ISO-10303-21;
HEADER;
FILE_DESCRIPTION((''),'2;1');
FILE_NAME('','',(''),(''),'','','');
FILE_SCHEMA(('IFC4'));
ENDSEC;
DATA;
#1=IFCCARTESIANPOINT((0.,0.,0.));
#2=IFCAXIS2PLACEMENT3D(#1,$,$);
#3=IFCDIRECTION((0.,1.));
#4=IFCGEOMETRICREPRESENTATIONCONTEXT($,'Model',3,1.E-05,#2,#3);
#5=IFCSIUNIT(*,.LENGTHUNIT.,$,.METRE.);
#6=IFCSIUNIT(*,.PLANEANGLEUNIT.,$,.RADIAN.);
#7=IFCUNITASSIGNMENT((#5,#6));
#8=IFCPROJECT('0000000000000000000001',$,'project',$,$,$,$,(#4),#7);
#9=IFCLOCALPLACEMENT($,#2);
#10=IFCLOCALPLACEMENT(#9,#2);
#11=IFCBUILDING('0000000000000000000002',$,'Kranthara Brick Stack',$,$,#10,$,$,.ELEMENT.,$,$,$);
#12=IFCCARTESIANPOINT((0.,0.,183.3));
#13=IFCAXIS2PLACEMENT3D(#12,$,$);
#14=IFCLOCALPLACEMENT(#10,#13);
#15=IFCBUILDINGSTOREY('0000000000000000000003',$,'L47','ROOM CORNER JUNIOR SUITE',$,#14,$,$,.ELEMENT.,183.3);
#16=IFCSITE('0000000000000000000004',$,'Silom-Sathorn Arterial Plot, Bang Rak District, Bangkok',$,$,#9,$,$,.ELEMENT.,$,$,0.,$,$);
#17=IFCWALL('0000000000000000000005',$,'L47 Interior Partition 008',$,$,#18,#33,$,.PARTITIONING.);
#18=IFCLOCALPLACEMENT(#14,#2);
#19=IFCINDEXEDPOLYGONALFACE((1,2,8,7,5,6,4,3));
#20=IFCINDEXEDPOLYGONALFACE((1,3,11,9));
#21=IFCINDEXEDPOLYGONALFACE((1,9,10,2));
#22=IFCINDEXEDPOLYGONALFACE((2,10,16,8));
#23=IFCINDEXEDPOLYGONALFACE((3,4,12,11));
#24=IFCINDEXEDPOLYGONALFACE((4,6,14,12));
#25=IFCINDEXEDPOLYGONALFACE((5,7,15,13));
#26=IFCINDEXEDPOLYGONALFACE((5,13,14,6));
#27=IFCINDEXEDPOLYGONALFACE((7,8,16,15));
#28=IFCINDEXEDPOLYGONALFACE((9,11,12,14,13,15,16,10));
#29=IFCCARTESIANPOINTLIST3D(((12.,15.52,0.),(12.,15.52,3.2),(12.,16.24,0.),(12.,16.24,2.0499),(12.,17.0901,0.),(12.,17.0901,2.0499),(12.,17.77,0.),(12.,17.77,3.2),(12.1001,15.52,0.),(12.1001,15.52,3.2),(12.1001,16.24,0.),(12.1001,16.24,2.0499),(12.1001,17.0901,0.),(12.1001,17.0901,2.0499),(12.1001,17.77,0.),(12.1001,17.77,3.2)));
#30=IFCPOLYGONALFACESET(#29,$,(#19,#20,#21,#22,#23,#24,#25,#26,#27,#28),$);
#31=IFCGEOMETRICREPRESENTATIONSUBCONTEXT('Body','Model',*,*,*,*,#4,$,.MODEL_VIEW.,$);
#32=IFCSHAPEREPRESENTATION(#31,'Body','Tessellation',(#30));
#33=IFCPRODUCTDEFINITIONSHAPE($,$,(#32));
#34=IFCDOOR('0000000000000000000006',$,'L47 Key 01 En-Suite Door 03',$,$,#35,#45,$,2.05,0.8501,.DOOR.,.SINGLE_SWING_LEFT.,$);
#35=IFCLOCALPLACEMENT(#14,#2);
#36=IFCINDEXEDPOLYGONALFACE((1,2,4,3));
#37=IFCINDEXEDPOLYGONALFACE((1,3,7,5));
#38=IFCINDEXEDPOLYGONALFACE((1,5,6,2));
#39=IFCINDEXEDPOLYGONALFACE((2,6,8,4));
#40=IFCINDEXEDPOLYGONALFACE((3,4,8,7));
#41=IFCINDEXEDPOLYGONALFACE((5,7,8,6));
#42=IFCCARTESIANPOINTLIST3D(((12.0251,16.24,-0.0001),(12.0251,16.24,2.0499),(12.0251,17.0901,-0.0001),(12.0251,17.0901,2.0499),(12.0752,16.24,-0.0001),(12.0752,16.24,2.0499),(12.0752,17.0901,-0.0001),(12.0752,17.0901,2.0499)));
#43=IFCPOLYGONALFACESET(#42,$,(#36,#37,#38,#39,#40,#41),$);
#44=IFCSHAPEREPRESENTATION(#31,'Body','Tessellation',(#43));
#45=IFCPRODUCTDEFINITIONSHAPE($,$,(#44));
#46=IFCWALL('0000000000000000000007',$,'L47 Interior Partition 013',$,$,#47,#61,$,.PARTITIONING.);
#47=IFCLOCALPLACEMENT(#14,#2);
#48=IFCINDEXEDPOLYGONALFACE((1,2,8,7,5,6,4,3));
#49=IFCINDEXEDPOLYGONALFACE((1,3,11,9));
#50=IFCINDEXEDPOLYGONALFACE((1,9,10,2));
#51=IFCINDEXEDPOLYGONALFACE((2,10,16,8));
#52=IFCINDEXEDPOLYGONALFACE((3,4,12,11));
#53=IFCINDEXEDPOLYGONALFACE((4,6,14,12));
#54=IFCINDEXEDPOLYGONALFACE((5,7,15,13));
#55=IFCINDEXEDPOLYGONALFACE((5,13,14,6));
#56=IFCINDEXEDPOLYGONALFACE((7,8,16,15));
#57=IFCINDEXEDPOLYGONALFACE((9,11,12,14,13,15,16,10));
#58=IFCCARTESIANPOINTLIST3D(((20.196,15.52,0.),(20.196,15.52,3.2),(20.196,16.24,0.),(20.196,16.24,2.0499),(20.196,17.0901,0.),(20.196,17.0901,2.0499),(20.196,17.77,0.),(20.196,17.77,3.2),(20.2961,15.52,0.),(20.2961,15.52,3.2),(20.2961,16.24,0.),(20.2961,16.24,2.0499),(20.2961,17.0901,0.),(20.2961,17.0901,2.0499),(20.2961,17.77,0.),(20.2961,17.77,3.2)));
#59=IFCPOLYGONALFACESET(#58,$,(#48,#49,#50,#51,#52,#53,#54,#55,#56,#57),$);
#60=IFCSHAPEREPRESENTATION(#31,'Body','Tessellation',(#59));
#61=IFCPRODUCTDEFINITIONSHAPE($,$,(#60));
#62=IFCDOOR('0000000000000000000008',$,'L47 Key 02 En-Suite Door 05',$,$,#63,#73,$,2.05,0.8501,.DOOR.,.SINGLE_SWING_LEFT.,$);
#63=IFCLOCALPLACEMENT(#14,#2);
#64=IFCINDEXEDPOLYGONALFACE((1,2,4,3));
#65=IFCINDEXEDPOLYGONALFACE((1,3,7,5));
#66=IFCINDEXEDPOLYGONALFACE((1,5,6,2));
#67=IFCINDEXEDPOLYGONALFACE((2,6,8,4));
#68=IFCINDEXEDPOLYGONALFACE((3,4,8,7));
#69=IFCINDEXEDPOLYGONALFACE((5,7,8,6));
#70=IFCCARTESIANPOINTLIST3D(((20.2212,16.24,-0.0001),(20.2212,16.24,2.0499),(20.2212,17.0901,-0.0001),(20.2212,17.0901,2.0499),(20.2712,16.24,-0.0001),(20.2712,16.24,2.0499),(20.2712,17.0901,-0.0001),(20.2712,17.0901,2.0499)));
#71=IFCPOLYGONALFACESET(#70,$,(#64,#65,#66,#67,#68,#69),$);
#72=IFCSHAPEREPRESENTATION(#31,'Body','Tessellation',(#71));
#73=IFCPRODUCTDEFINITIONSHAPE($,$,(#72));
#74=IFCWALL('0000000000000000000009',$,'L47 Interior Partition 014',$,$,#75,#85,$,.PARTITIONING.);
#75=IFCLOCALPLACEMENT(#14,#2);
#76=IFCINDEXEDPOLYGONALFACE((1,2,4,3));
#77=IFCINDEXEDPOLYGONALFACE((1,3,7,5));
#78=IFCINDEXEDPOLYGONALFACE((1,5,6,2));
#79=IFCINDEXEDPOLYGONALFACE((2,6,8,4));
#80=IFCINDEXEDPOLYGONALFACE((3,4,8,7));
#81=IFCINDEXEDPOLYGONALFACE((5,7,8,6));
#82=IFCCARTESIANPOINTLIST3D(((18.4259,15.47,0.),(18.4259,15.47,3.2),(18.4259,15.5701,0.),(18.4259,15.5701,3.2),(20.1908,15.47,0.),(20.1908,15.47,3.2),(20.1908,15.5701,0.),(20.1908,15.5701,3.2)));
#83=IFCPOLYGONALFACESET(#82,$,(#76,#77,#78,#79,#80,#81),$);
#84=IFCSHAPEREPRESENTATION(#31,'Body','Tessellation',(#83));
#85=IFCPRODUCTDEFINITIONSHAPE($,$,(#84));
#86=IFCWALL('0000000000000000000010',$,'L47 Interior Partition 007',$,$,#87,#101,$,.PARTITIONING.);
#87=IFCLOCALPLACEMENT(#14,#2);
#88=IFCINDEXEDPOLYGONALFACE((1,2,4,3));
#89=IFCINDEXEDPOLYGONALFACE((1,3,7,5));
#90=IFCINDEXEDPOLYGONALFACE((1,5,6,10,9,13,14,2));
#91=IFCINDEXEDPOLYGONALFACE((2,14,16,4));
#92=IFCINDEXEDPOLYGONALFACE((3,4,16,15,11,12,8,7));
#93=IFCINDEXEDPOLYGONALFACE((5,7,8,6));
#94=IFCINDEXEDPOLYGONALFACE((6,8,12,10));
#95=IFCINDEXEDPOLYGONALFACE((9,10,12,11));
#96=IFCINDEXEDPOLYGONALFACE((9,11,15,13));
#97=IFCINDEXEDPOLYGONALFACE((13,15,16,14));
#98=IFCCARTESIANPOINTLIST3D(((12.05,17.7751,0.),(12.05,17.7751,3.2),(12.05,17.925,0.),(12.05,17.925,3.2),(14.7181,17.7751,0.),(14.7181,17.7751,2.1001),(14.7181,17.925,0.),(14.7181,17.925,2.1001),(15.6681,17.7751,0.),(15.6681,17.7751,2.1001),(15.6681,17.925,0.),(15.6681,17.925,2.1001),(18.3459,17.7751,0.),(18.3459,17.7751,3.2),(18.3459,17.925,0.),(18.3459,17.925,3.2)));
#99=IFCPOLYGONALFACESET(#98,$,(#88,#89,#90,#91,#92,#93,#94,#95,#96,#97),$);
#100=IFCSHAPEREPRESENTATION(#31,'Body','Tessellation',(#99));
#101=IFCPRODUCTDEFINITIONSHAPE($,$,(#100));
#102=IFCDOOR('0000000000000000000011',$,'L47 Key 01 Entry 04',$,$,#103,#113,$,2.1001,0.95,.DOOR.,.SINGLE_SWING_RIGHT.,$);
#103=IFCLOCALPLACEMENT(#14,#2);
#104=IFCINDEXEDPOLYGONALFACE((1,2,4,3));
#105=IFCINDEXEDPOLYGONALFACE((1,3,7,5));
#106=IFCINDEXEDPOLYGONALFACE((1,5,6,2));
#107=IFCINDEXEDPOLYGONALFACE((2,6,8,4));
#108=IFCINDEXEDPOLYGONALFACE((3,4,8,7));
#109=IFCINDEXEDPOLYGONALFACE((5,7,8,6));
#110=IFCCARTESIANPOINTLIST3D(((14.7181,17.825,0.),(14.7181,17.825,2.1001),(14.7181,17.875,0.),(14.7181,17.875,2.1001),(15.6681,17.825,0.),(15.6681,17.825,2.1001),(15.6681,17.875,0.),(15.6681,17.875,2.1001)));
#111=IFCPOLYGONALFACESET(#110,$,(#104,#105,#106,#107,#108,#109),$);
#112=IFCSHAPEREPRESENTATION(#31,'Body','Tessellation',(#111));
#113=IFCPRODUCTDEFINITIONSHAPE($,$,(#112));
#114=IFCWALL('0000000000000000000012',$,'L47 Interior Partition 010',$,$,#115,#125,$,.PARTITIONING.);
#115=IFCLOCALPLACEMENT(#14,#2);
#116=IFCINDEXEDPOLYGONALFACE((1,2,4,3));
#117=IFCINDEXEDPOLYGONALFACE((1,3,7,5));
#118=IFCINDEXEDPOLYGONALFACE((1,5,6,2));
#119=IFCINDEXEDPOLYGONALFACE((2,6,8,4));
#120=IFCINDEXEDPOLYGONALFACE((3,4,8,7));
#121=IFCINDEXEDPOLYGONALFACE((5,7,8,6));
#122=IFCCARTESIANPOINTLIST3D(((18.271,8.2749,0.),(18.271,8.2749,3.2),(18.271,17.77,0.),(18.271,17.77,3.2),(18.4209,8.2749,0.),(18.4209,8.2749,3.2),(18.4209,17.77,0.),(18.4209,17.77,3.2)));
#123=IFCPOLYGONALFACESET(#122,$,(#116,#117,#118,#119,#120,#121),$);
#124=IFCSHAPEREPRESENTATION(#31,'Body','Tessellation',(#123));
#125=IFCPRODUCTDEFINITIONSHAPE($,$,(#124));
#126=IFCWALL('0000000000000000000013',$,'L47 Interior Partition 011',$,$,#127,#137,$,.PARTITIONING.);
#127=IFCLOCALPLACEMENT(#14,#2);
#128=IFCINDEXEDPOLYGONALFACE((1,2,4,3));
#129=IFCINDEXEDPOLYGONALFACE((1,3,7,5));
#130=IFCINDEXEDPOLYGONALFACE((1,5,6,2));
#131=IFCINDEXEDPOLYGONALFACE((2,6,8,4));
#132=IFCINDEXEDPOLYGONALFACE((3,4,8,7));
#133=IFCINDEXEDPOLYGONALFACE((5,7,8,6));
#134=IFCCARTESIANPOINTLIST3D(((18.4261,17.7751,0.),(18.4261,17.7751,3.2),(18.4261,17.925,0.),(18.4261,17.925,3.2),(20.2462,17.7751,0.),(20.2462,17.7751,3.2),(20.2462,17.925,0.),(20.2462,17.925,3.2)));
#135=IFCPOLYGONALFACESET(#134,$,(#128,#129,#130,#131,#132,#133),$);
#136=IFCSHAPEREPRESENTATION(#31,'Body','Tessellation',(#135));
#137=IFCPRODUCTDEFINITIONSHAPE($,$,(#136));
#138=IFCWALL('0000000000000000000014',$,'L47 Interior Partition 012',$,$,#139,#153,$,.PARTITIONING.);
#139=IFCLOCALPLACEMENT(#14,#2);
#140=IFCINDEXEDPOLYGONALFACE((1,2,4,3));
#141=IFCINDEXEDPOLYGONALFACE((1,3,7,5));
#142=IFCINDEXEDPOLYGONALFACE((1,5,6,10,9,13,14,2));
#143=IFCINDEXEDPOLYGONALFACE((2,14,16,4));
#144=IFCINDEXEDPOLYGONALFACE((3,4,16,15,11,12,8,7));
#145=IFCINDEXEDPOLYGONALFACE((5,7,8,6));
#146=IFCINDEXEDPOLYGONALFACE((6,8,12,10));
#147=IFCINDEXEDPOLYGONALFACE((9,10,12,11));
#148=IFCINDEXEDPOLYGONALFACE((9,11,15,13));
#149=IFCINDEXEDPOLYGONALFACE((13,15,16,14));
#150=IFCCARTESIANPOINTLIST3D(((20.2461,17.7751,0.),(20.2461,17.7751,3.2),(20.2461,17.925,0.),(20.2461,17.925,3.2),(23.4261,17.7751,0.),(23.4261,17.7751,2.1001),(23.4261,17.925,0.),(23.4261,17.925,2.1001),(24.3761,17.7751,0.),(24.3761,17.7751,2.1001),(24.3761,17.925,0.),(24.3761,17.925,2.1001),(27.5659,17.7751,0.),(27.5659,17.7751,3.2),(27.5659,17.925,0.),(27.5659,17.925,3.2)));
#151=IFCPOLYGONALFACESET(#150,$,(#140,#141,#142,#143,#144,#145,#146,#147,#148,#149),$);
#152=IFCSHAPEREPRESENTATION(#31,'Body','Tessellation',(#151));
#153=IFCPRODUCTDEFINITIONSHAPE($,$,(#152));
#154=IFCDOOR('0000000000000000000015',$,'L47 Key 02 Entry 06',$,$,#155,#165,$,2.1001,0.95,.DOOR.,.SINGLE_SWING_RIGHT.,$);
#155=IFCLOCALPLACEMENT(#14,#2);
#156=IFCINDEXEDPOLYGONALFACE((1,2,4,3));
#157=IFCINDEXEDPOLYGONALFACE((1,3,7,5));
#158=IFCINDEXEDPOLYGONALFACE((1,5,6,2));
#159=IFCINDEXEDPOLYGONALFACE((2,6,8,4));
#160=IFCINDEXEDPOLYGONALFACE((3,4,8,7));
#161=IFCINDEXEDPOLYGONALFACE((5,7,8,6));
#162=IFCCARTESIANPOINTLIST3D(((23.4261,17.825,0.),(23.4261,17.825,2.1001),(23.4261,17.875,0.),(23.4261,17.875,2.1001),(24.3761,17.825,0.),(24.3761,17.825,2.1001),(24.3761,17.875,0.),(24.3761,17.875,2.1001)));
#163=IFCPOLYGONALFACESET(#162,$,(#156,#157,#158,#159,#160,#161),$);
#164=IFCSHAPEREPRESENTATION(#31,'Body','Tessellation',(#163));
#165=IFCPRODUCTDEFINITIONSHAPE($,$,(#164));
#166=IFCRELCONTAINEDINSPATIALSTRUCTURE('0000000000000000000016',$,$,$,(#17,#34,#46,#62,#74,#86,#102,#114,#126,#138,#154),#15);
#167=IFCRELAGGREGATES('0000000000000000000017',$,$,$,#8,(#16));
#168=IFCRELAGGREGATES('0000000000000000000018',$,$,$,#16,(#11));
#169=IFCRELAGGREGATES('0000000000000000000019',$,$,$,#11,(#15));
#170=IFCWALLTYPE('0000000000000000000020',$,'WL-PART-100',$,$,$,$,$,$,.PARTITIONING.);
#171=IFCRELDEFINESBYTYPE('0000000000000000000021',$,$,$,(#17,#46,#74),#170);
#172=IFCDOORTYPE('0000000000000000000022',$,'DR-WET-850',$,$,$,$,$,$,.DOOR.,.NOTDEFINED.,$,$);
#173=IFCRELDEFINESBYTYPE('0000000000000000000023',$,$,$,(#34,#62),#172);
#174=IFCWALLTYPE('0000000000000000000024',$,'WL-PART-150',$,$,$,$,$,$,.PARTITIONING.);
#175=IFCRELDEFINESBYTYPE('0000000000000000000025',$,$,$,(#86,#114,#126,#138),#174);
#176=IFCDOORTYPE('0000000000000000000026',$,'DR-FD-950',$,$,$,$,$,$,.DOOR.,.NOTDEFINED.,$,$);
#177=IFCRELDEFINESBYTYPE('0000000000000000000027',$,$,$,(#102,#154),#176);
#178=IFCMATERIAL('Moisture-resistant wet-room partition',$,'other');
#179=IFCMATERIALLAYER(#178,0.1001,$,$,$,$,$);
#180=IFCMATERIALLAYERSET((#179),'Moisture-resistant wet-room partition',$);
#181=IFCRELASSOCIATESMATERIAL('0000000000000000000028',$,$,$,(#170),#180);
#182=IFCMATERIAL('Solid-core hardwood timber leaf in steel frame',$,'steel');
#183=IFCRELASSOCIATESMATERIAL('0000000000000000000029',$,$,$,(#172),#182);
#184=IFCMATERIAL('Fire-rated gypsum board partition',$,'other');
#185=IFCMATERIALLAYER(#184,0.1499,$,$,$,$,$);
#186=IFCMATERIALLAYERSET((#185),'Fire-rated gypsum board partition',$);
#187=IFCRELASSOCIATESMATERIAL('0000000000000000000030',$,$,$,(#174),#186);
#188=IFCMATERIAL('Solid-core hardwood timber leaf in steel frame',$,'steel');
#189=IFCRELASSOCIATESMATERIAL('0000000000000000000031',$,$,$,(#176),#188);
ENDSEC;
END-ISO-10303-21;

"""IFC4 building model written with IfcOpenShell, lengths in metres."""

from ifc_helpers import new_model, si_unit, direction, frame, frame_2d, origin, place, context, subcontext, project, spatial, rectangle, extrude, material, layer, layer_set, type_object, element, fill, save


model = new_model("IFC4")

# Units and contexts
model_context = context("Model", 3, precision=1e-05, world=origin(), true_north=direction((0.0, 1.0)))
body_context = subcontext(model_context, "Body", "Model", "MODEL_VIEW")
ifc_project = project(units=[si_unit("LENGTHUNIT", "METRE"), si_unit("PLANEANGLEUNIT", "RADIAN")], contexts=[model_context])

# Site, building, storey
site_placement = place(None, origin())
site = spatial("IfcSite", under=ifc_project, at=site_placement, Name="Silom-Sathorn Arterial Plot, Bang Rak District, Bangkok", CompositionType="ELEMENT", RefElevation=0.0)
building_placement = place(site_placement, origin())
building = spatial("IfcBuilding", under=site, at=building_placement, Name="Kranthara Brick Stack", CompositionType="ELEMENT")
storey_placement = place(building_placement, frame((0.0, 0.0, 183.3)))
storey = spatial("IfcBuildingStorey", under=building, at=storey_placement, Name="L47", Description="ROOM CORNER JUNIOR SUITE", CompositionType="ELEMENT", Elevation=183.3)

# Walls, openings, doors
ifc_material_1 = material(Name="Moisture-resistant wet-room partition", Category="other")
ifc_layer_1 = layer(ifc_material_1, 0.1001)
ifc_layer_set_1 = layer_set([ifc_layer_1], Name="Moisture-resistant wet-room partition")
wall_type_1 = type_object("IfcWallType", Name="WL-PART-100", PredefinedType="PARTITIONING", material=ifc_layer_set_1)
wall_1_placement = place(storey_placement, frame((12.05, 15.52, 0.0), z_axis=(0.0, 0.0, 1.0), x_axis=(0.0, 1.0, 0.0)))
wall_1 = element("IfcWall", 1, at=wall_1_placement, inside=storey, type_object=wall_type_1, Name="L47 Interior Partition 008", PredefinedType="PARTITIONING", context=body_context, shape_type="SweptSolid", body=[
    extrude(rectangle(XDim=2.25, YDim=0.1001, at=frame_2d((1.125, 0.0))), origin(), (0.0, 0.0, 1.0), 3.2),
])
opening_1_placement = place(wall_1_placement, frame((0.72, 0.0, 0.0)))
opening_1 = element("IfcOpeningElement", 2, at=opening_1_placement, cuts=wall_1, PredefinedType="OPENING", context=body_context, shape_type="SweptSolid", body=[
    extrude(rectangle(XDim=0.8501, YDim=2.05, at=frame_2d((0.425, 1.0249))), frame((0.0, 0.0601, 0.0), z_axis=(0.0, -1.0, 0.0), x_axis=(1.0, 0.0, 0.0)), (0.0, 0.0, 1.0), 0.1201),
])
ifc_material_2 = material(Name="Solid-core hardwood timber leaf in steel frame", Category="steel")
door_type_1 = type_object("IfcDoorType", Name="DR-WET-850", OperationType="NOTDEFINED", PredefinedType="DOOR", material=ifc_material_2)
door_1_placement = place(opening_1_placement, origin())
door_1 = element("IfcDoor", 3, at=door_1_placement, inside=storey, type_object=door_type_1, Name="L47 Key 01 En-Suite Door 03", OperationType="SINGLE_SWING_LEFT", OverallHeight=2.05, OverallWidth=0.8501, PredefinedType="DOOR", context=body_context, shape_type="SweptSolid", body=[
    extrude(rectangle(XDim=0.8501, YDim=2.05, at=frame_2d((0.425, 1.0249))), frame((0.0, 0.0249, 0.0), z_axis=(0.0, -1.0, 0.0), x_axis=(1.0, 0.0, 0.0)), (0.0, 0.0, 1.0), 0.05),
])
fill(opening_1, door_1)
wall_2_placement = place(storey_placement, frame((20.2461, 15.52, 0.0), z_axis=(0.0, 0.0, 1.0), x_axis=(0.0, 1.0, 0.0)))
wall_2 = element("IfcWall", 4, at=wall_2_placement, inside=storey, type_object=wall_type_1, Name="L47 Interior Partition 013", PredefinedType="PARTITIONING", context=body_context, shape_type="SweptSolid", body=[
    extrude(rectangle(XDim=2.25, YDim=0.1001, at=frame_2d((1.125, 0.0))), origin(), (0.0, 0.0, 1.0), 3.2),
])
opening_2_placement = place(wall_2_placement, frame((0.72, 0.0, 0.0)))
opening_2 = element("IfcOpeningElement", 5, at=opening_2_placement, cuts=wall_2, PredefinedType="OPENING", context=body_context, shape_type="SweptSolid", body=[
    extrude(rectangle(XDim=0.8501, YDim=2.05, at=frame_2d((0.425, 1.0249))), frame((0.0, 0.0601, 0.0), z_axis=(0.0, -1.0, 0.0), x_axis=(1.0, 0.0, 0.0)), (0.0, 0.0, 1.0), 0.1201),
])
door_2_placement = place(opening_2_placement, origin())
door_2 = element("IfcDoor", 6, at=door_2_placement, inside=storey, type_object=door_type_1, Name="L47 Key 02 En-Suite Door 05", OperationType="SINGLE_SWING_LEFT", OverallHeight=2.05, OverallWidth=0.8501, PredefinedType="DOOR", context=body_context, shape_type="SweptSolid", body=[
    extrude(rectangle(XDim=0.8501, YDim=2.05, at=frame_2d((0.425, 1.0249))), frame((0.0, 0.0249, 0.0), z_axis=(0.0, -1.0, 0.0), x_axis=(1.0, 0.0, 0.0)), (0.0, 0.0, 1.0), 0.05),
])
fill(opening_2, door_2)

# Wall
wall_3_placement = place(storey_placement, frame((18.426, 15.52, 0.0), z_axis=(0.0, 0.0, 1.0), x_axis=(1.0, 0.0, 0.0)))
element("IfcWall", 7, at=wall_3_placement, inside=storey, type_object=wall_type_1, Name="L47 Interior Partition 014", PredefinedType="PARTITIONING", context=body_context, shape_type="SweptSolid", body=[
    extrude(rectangle(XDim=1.7649, YDim=0.1001, at=frame_2d((0.8823, 0.0))), origin(), (0.0, 0.0, 1.0), 3.2),
])

# Wall, opening, door
ifc_material_3 = material(Name="Fire-rated gypsum board partition", Category="other")
ifc_layer_2 = layer(ifc_material_3, 0.1499)
ifc_layer_set_2 = layer_set([ifc_layer_2], Name="Fire-rated gypsum board partition")
wall_type_2 = type_object("IfcWallType", Name="WL-PART-150", PredefinedType="PARTITIONING", material=ifc_layer_set_2)
wall_4_placement = place(storey_placement, frame((12.05, 17.8501, 0.0), z_axis=(0.0, 0.0, 1.0), x_axis=(1.0, 0.0, 0.0)))
wall_4 = element("IfcWall", 8, at=wall_4_placement, inside=storey, type_object=wall_type_2, Name="L47 Interior Partition 007", PredefinedType="PARTITIONING", context=body_context, shape_type="SweptSolid", body=[
    extrude(rectangle(XDim=6.2959, YDim=0.1499, at=frame_2d((3.1479, 0.0))), origin(), (0.0, 0.0, 1.0), 3.2),
])
opening_3_placement = place(wall_4_placement, frame((2.668, 0.0, 0.0)))
opening_3 = element("IfcOpeningElement", 9, at=opening_3_placement, cuts=wall_4, PredefinedType="OPENING", context=body_context, shape_type="SweptSolid", body=[
    extrude(rectangle(XDim=0.95, YDim=2.1001, at=frame_2d((0.4751, 1.05))), frame((0.0, 0.085, 0.0), z_axis=(0.0, -1.0, 0.0), x_axis=(1.0, 0.0, 0.0)), (0.0, 0.0, 1.0), 0.1699),
])
ifc_material_4 = material(Name="Solid-core hardwood timber leaf in steel frame", Category="steel")
door_type_2 = type_object("IfcDoorType", Name="DR-FD-950", OperationType="NOTDEFINED", PredefinedType="DOOR", material=ifc_material_4)
door_3_placement = place(opening_3_placement, origin())
door_3 = element("IfcDoor", 10, at=door_3_placement, inside=storey, type_object=door_type_2, Name="L47 Key 01 Entry 04", OperationType="SINGLE_SWING_RIGHT", OverallHeight=2.1001, OverallWidth=0.95, PredefinedType="DOOR", context=body_context, shape_type="SweptSolid", body=[
    extrude(rectangle(XDim=0.95, YDim=2.1001, at=frame_2d((0.4751, 1.05))), frame((0.0, 0.0249, 0.0), z_axis=(0.0, -1.0, 0.0), x_axis=(1.0, 0.0, 0.0)), (0.0, 0.0, 1.0), 0.05),
])
fill(opening_3, door_3)

# Walls
wall_5_placement = place(storey_placement, frame((18.3459, 8.2749, 0.0), z_axis=(0.0, 0.0, 1.0), x_axis=(0.0, 1.0, 0.0)))
element("IfcWall", 11, at=wall_5_placement, inside=storey, type_object=wall_type_2, Name="L47 Interior Partition 010", PredefinedType="PARTITIONING", context=body_context, shape_type="SweptSolid", body=[
    extrude(rectangle(XDim=9.4951, YDim=0.1499, at=frame_2d((4.7476, 0.0))), origin(), (0.0, 0.0, 1.0), 3.2),
])
wall_6_placement = place(storey_placement, frame((18.426, 17.8501, 0.0), z_axis=(0.0, 0.0, 1.0), x_axis=(1.0, 0.0, 0.0)))
element("IfcWall", 12, at=wall_6_placement, inside=storey, type_object=wall_type_2, Name="L47 Interior Partition 011", PredefinedType="PARTITIONING", context=body_context, shape_type="SweptSolid", body=[
    extrude(rectangle(XDim=1.8201, YDim=0.1499, at=frame_2d((0.9102, 0.0))), origin(), (0.0, 0.0, 1.0), 3.2),
])

# Wall, opening, door
wall_7_placement = place(storey_placement, frame((20.2461, 17.8501, 0.0), z_axis=(0.0, 0.0, 1.0), x_axis=(1.0, 0.0, 0.0)))
wall_7 = element("IfcWall", 13, at=wall_7_placement, inside=storey, type_object=wall_type_2, Name="L47 Interior Partition 012", PredefinedType="PARTITIONING", context=body_context, shape_type="SweptSolid", body=[
    extrude(rectangle(XDim=7.3198, YDim=0.1499, at=frame_2d((3.6599, 0.0))), origin(), (0.0, 0.0, 1.0), 3.2),
])
opening_4_placement = place(wall_7_placement, frame((3.1799, 0.0, 0.0)))
opening_4 = element("IfcOpeningElement", 14, at=opening_4_placement, cuts=wall_7, PredefinedType="OPENING", context=body_context, shape_type="SweptSolid", body=[
    extrude(rectangle(XDim=0.95, YDim=2.1001, at=frame_2d((0.4751, 1.05))), frame((0.0, 0.085, 0.0), z_axis=(0.0, -1.0, 0.0), x_axis=(1.0, 0.0, 0.0)), (0.0, 0.0, 1.0), 0.1699),
])
door_4_placement = place(opening_4_placement, origin())
door_4 = element("IfcDoor", 15, at=door_4_placement, inside=storey, type_object=door_type_2, Name="L47 Key 02 Entry 06", OperationType="SINGLE_SWING_RIGHT", OverallHeight=2.1001, OverallWidth=0.95, PredefinedType="DOOR", context=body_context, shape_type="SweptSolid", body=[
    extrude(rectangle(XDim=0.95, YDim=2.1001, at=frame_2d((0.4751, 1.05))), frame((0.0, 0.0249, 0.0), z_axis=(0.0, -1.0, 0.0), x_axis=(1.0, 0.0, 0.0)), (0.0, 0.0, 1.0), 0.05),
])
fill(opening_4, door_4)

save(model, "model.ifc")
